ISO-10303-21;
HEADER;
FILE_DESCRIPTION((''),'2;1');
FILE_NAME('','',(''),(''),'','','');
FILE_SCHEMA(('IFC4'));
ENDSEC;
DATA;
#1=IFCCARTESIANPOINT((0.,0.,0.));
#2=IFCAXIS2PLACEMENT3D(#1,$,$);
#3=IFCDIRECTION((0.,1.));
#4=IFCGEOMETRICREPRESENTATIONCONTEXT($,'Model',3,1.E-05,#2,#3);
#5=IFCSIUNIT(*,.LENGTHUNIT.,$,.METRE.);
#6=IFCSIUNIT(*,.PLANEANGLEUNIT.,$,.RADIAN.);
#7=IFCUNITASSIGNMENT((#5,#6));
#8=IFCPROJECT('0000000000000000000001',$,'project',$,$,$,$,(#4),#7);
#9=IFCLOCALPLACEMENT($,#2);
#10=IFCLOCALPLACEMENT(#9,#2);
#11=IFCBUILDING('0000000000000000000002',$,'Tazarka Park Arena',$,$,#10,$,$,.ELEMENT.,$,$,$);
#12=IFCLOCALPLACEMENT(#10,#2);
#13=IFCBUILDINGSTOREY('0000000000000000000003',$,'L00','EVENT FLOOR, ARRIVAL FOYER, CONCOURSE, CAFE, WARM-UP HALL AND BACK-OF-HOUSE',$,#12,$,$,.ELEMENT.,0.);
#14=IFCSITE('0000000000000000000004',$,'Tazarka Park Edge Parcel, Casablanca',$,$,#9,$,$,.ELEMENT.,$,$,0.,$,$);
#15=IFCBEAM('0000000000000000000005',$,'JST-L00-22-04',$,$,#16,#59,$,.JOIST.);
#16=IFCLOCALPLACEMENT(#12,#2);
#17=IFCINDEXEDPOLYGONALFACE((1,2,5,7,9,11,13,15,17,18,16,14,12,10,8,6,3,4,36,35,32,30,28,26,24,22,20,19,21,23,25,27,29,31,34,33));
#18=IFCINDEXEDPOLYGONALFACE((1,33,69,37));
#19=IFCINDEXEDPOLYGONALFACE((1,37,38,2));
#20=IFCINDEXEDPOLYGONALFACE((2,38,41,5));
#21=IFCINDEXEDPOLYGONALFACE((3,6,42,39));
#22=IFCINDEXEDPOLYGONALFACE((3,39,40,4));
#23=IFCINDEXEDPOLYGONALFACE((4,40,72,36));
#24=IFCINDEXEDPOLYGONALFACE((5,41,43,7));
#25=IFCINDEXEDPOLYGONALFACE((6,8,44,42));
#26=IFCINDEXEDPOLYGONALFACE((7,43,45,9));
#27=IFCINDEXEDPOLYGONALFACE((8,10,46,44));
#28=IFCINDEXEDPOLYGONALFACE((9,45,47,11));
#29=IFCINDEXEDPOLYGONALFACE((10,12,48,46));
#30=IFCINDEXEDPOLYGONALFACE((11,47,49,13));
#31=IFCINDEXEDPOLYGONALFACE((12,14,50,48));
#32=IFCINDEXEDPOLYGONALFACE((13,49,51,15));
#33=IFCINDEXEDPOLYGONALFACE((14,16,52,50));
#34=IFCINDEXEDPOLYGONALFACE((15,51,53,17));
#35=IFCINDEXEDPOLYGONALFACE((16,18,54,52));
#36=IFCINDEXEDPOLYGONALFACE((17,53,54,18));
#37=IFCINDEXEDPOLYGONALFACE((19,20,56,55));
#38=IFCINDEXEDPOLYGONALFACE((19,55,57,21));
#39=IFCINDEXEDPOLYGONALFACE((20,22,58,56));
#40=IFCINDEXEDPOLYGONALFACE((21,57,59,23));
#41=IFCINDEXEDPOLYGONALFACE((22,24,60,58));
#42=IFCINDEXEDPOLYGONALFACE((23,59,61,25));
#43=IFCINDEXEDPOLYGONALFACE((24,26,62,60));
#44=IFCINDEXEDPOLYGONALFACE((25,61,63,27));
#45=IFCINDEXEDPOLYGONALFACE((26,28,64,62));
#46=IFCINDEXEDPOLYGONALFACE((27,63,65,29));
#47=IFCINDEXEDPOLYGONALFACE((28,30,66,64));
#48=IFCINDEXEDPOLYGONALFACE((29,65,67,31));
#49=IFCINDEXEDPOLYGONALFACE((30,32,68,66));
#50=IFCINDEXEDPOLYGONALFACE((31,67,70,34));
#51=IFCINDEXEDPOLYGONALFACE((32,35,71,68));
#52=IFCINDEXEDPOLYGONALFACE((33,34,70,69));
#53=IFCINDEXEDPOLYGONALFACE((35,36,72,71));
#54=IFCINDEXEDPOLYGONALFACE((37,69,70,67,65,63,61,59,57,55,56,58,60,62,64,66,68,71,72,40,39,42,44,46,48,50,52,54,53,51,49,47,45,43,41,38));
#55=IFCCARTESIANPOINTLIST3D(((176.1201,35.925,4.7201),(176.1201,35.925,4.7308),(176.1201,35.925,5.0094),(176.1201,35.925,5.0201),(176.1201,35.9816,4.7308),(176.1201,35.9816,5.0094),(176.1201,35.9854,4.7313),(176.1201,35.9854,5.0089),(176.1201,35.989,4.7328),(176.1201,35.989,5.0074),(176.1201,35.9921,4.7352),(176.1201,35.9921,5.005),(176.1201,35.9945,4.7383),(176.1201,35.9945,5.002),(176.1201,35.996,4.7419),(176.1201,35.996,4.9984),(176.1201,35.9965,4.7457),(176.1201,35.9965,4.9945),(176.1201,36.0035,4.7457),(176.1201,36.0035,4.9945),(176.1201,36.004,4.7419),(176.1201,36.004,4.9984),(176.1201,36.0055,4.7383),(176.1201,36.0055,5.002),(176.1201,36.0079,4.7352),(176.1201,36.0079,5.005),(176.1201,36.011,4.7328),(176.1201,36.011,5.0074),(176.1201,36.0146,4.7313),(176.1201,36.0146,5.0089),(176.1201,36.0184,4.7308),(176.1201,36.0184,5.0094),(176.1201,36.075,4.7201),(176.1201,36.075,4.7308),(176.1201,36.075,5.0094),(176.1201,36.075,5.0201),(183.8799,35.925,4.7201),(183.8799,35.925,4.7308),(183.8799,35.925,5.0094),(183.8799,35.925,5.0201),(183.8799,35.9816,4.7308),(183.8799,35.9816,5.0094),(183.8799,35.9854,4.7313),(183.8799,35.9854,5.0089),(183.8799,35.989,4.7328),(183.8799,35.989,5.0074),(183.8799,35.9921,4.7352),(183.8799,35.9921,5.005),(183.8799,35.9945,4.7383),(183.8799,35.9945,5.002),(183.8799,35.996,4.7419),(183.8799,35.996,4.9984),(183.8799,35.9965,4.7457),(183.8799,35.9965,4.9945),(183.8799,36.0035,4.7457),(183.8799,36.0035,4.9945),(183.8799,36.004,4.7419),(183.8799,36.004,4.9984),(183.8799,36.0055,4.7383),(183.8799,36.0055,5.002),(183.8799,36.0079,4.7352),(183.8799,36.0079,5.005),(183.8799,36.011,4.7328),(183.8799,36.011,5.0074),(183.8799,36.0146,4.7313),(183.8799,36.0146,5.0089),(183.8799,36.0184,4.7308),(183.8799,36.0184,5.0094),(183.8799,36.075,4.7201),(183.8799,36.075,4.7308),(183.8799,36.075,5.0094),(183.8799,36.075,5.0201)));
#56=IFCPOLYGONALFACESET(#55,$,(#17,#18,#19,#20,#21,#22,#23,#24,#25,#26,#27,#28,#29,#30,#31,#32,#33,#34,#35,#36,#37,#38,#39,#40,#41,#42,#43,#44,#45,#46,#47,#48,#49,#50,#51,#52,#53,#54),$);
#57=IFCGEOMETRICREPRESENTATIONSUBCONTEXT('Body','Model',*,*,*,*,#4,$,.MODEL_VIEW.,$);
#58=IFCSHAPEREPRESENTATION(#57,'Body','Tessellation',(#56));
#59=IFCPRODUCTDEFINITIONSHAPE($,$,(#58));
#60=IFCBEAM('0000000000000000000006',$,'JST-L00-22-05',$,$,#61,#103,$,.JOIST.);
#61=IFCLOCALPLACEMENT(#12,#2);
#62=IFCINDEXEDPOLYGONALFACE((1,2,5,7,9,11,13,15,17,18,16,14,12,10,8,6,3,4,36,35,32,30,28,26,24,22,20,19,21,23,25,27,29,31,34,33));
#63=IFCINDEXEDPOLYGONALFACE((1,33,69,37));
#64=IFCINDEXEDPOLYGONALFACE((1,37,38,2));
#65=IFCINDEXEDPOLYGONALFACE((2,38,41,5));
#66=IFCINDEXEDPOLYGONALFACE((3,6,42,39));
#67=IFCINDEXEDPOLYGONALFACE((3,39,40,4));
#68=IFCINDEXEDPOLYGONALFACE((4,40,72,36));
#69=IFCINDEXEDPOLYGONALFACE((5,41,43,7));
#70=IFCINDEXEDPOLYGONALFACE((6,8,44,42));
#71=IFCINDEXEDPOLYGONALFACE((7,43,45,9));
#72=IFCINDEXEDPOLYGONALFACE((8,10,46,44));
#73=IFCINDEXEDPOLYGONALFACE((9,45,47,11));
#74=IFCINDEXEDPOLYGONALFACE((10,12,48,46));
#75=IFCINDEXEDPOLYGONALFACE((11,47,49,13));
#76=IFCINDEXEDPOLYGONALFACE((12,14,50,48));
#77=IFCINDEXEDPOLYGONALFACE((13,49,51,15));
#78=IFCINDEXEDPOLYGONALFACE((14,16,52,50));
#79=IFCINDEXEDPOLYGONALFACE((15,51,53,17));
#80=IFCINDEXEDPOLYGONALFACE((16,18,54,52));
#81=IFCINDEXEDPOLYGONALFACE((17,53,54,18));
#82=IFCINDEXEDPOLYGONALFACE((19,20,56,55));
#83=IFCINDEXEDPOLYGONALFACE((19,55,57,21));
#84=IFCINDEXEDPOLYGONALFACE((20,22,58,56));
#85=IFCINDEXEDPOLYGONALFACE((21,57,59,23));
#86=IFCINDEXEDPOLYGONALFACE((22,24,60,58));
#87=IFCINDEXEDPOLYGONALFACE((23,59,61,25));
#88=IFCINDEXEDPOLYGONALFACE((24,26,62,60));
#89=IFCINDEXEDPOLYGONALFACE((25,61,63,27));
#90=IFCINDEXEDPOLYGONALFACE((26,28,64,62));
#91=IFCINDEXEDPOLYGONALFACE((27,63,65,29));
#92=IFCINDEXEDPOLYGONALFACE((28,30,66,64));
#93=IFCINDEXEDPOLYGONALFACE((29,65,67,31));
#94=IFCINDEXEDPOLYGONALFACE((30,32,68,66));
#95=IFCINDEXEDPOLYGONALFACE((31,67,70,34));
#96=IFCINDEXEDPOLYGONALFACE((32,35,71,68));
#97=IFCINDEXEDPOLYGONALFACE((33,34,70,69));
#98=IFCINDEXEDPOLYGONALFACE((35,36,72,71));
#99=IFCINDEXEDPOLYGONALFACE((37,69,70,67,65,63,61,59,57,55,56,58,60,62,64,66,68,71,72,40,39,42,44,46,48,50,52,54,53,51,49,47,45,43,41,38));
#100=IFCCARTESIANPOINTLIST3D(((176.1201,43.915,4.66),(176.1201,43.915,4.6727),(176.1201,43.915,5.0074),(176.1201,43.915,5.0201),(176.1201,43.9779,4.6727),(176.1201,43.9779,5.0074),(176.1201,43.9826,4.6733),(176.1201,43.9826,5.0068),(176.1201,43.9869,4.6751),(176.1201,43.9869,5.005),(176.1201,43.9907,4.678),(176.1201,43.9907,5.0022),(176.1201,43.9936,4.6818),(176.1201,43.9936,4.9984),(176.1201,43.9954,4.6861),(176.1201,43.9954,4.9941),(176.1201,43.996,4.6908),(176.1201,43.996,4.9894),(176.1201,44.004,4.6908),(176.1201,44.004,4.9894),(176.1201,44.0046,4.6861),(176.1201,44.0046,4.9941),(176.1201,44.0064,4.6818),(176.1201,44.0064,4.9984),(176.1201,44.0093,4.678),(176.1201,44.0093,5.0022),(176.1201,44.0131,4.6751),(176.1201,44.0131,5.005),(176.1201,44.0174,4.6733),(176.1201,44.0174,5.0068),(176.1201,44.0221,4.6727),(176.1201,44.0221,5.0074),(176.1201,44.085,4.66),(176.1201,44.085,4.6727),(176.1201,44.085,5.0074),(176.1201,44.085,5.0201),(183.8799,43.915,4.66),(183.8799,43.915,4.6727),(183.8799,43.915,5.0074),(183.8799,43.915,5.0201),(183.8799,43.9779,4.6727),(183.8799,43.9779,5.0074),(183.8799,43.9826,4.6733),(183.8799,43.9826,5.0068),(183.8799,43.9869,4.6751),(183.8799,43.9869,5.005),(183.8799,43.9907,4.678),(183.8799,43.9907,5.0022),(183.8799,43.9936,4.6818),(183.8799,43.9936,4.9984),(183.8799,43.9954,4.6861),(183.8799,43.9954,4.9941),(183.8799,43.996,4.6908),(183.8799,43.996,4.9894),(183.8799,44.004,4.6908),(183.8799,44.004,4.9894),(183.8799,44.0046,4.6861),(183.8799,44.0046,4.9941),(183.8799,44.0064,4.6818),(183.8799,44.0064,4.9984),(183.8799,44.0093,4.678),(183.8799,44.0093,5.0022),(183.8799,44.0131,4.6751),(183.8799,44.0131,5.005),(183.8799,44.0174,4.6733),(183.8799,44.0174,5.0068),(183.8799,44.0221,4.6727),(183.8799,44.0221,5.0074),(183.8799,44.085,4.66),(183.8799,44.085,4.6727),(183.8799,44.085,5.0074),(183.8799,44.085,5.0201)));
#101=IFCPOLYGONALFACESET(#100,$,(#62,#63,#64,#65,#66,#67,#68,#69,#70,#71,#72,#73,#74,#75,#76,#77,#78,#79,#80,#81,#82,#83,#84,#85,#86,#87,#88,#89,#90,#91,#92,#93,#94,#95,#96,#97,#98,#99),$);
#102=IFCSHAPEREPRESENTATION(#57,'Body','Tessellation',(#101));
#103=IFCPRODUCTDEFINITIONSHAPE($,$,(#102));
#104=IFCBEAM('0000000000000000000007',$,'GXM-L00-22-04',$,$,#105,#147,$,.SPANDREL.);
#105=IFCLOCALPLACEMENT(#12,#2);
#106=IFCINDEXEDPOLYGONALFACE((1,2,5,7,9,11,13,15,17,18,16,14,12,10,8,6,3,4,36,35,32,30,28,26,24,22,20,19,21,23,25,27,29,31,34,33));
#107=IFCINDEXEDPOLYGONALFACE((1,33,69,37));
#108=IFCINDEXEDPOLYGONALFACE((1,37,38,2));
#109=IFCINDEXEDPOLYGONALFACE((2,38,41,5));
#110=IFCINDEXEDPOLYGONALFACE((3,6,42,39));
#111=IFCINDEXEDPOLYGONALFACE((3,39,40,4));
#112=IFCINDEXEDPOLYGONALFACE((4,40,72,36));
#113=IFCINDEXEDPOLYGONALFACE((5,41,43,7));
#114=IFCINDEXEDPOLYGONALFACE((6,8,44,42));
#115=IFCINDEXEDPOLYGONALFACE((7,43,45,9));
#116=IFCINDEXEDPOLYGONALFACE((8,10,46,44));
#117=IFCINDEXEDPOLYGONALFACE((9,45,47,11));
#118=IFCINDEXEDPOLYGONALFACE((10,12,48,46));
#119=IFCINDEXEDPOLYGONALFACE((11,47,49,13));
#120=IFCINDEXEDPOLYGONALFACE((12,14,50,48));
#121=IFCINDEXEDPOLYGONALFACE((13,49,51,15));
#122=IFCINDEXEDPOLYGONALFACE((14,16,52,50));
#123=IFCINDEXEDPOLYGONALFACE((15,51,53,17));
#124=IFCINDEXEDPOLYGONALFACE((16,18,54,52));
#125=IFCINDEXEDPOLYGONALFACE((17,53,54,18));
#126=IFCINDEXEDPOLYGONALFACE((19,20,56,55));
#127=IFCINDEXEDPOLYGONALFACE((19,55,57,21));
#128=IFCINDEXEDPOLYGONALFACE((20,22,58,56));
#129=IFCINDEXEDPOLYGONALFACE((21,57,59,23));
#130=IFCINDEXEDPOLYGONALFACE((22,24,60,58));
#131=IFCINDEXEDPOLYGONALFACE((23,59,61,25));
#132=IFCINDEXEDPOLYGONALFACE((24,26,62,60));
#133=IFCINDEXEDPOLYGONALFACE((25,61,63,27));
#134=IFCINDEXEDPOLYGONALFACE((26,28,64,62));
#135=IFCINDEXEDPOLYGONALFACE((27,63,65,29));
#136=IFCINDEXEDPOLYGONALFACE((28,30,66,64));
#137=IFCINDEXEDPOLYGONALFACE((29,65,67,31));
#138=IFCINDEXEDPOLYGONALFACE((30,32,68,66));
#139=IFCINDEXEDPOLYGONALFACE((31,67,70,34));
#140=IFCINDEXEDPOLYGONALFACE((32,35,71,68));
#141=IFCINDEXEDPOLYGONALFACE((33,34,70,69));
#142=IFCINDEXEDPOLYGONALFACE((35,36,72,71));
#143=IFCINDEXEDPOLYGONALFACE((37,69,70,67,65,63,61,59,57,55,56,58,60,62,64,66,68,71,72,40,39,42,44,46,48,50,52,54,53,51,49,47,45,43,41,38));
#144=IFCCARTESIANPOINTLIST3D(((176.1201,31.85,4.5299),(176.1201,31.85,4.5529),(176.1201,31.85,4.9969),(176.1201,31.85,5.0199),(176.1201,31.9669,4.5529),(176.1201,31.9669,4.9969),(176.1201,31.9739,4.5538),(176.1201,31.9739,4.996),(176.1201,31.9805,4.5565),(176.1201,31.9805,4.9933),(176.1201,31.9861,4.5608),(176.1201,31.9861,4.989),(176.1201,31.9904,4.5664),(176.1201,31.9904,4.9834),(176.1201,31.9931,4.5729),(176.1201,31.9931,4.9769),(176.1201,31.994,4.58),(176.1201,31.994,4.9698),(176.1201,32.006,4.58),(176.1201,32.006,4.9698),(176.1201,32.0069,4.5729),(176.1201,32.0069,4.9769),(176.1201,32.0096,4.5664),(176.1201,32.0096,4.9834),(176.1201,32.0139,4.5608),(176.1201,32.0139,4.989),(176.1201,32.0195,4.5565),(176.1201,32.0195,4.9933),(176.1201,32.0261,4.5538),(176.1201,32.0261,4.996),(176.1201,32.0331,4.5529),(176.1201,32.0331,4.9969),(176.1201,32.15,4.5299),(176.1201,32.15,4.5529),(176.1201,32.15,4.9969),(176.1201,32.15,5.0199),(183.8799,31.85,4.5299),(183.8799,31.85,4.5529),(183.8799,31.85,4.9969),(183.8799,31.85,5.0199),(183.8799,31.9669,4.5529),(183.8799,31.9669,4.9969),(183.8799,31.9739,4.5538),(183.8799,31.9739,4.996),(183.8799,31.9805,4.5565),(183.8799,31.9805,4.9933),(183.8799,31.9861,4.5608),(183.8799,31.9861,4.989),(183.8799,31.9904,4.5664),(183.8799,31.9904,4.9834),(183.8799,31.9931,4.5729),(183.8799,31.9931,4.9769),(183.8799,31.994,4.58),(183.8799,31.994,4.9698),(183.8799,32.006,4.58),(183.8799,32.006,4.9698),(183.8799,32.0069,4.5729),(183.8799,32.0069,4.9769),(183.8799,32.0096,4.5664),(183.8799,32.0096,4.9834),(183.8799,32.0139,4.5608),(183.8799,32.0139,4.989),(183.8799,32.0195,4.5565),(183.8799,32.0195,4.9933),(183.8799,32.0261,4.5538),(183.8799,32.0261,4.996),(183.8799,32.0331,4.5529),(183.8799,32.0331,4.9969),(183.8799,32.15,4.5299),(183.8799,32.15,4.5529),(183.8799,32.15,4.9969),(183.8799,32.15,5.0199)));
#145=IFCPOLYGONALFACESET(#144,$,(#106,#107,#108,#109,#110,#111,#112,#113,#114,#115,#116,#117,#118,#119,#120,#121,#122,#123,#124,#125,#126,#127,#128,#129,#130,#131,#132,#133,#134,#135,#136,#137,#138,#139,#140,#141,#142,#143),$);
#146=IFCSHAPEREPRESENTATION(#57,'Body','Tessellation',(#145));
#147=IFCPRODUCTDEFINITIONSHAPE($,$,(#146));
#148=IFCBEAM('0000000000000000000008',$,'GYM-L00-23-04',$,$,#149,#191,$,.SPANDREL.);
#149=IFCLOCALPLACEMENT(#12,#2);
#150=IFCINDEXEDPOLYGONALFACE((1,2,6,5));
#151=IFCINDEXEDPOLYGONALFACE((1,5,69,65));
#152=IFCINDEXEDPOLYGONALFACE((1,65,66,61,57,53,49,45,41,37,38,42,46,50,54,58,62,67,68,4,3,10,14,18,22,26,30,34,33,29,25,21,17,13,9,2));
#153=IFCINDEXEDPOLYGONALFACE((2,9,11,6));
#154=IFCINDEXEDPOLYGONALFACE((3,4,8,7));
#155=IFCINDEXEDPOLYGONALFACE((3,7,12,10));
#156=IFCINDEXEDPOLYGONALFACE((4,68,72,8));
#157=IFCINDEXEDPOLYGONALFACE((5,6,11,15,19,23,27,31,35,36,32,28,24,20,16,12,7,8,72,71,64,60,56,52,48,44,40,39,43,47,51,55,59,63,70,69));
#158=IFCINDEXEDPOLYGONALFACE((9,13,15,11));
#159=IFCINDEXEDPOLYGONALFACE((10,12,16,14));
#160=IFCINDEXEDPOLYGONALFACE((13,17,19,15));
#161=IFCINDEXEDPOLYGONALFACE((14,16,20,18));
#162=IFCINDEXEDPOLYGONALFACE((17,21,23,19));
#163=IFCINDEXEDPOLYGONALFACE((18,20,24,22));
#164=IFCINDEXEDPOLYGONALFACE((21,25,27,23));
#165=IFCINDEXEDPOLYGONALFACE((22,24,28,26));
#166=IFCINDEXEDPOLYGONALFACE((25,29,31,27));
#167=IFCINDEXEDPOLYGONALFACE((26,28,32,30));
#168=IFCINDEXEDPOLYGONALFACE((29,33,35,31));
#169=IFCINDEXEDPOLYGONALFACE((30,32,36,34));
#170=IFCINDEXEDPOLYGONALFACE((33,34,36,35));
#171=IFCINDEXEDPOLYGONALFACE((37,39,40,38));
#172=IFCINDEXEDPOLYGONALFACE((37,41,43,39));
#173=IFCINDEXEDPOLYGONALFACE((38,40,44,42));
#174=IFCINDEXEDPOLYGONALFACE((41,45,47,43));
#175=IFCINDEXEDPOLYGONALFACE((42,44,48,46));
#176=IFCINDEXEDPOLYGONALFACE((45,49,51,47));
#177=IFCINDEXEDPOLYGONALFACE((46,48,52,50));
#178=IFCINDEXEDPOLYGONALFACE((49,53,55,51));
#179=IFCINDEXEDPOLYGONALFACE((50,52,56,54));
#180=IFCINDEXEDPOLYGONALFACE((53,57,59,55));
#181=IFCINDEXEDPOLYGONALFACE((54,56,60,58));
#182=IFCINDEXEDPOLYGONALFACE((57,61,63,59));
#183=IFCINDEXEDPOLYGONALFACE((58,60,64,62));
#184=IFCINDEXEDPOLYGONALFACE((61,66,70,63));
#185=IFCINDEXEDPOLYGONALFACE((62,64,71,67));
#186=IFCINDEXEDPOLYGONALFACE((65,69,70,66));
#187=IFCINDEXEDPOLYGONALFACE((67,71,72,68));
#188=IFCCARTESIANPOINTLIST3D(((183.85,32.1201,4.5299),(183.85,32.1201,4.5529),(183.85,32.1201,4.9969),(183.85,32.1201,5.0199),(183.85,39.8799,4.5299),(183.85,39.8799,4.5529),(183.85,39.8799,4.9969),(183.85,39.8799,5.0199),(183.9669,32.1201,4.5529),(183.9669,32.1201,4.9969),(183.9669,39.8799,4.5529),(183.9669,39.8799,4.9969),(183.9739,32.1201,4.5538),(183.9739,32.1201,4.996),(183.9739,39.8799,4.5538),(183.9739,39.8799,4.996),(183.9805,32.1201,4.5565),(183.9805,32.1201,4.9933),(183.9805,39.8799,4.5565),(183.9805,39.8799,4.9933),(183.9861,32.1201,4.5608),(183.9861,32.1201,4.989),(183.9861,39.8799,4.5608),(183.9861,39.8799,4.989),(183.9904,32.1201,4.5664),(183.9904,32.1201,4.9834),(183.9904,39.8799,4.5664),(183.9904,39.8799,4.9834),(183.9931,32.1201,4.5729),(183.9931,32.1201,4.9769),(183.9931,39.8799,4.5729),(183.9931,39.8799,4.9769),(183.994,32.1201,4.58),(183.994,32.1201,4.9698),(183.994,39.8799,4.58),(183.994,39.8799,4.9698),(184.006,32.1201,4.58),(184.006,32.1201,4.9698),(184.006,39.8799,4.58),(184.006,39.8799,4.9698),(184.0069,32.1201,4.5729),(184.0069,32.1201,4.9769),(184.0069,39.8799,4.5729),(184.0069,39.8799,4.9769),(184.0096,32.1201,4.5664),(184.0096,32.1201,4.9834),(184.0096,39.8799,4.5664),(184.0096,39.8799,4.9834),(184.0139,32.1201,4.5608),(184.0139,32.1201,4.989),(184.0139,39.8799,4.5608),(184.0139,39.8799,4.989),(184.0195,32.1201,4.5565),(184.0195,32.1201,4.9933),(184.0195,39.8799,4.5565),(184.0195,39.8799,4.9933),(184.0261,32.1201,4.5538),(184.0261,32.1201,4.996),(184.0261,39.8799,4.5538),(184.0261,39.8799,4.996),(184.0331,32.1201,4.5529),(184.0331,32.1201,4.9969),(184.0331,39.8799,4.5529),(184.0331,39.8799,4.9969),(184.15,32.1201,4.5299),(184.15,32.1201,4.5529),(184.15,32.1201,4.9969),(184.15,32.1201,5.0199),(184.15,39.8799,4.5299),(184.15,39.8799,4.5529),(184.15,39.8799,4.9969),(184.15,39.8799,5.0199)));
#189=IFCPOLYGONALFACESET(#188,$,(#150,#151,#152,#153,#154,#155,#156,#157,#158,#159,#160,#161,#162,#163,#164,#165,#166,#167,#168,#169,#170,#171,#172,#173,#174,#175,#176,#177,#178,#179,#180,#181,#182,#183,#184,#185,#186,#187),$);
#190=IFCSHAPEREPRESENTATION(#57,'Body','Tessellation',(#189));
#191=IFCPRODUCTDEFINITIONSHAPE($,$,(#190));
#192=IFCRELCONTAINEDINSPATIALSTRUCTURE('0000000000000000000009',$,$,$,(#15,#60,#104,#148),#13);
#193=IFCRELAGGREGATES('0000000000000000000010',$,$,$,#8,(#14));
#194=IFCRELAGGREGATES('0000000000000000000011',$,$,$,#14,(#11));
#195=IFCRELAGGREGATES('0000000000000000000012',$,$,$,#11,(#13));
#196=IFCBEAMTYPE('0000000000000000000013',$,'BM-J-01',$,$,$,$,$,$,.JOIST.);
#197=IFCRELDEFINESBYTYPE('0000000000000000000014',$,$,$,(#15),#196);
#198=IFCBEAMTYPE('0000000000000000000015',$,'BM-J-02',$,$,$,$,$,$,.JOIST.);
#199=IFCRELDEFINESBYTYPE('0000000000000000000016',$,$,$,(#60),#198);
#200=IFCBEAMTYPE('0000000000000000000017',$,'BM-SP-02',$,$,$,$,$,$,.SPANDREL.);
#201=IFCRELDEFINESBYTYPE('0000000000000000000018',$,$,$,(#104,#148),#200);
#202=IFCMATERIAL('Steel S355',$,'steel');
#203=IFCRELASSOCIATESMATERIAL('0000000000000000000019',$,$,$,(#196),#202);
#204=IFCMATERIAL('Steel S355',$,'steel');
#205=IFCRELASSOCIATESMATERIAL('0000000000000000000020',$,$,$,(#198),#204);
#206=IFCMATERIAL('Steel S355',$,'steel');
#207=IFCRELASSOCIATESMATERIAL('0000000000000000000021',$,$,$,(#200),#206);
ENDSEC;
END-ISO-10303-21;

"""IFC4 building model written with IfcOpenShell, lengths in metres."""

from ifc_helpers import new_model, si_unit, direction, frame, origin, origin_2d, place, context, subcontext, project, spatial, i_section, extrude, material, material_profile, profile_set, type_object, element, save


model = new_model("IFC4")

# Units and contexts
model_context = context("Model", 3, precision=1e-05, world=origin(), true_north=direction((0.0, 1.0)))
body_context = subcontext(model_context, "Body", "Model", "MODEL_VIEW")
ifc_project = project(units=[si_unit("LENGTHUNIT", "METRE"), si_unit("PLANEANGLEUNIT", "RADIAN")], contexts=[model_context])

# Site, building, storey
site_placement = place(None, origin())
site = spatial("IfcSite", under=ifc_project, at=site_placement, Name="Tazarka Park Edge Parcel, Casablanca", CompositionType="ELEMENT", RefElevation=0.0)
building_placement = place(site_placement, origin())
building = spatial("IfcBuilding", under=site, at=building_placement, Name="Tazarka Park Arena", CompositionType="ELEMENT")
storey_placement = place(building_placement, origin())
storey = spatial("IfcBuildingStorey", under=building, at=storey_placement, Name="L00", Description="EVENT FLOOR, ARRIVAL FOYER, CONCOURSE, CAFE, WARM-UP HALL AND BACK-OF-HOUSE", CompositionType="ELEMENT", Elevation=0.0)

# Beams
ifc_material_1 = material(Name="Steel S355", Category="steel")
ifc_material_profile_1 = material_profile(ifc_material_1, i_section(OverallWidth=0.1499, OverallDepth=0.3, WebThickness=0.0071, FlangeThickness=0.0107, FilletRadius=0.0149, at=origin_2d()), Name="Steel S355")
ifc_profile_set_1 = profile_set([ifc_material_profile_1], Name="Steel S355")
beam_type_1 = type_object("IfcBeamType", Name="BM-J-01", PredefinedType="JOIST", material=ifc_profile_set_1)
for number, where, z_axis, x_axis, name in (
    (1, (176.1201, 36.0, 4.8701), (1.0, 0.0, 0.0), (0.0, 1.0, 0.0), "JST-L00-22-04"),
):
    element("IfcBeam", number, at=place(storey_placement, frame(where, z_axis=z_axis, x_axis=x_axis)), inside=storey, type_object=beam_type_1, Name=name, PredefinedType="JOIST", context=body_context, shape_type="SweptSolid", body=[
        extrude(i_section(OverallWidth=0.1499, OverallDepth=0.3, WebThickness=0.0071, FlangeThickness=0.0107, FilletRadius=0.0149, at=origin_2d()), origin(), (0.0, 0.0, 1.0), 7.7598),
    ])
ifc_material_2 = material(Name="Steel S355", Category="steel")
ifc_material_profile_2 = material_profile(ifc_material_2, i_section(OverallWidth=0.1699, OverallDepth=0.3601, WebThickness=0.0081, FlangeThickness=0.0127, FilletRadius=0.0181, at=origin_2d()), Name="Steel S355")
ifc_profile_set_2 = profile_set([ifc_material_profile_2], Name="Steel S355")
beam_type_2 = type_object("IfcBeamType", Name="BM-J-02", PredefinedType="JOIST", material=ifc_profile_set_2)
beam_placement = place(storey_placement, frame((176.1201, 44.0, 4.8401), z_axis=(1.0, 0.0, 0.0), x_axis=(0.0, 1.0, 0.0)))
element("IfcBeam", 2, at=beam_placement, inside=storey, type_object=beam_type_2, Name="JST-L00-22-05", PredefinedType="JOIST", context=body_context, shape_type="SweptSolid", body=[
    extrude(i_section(OverallWidth=0.1699, OverallDepth=0.3601, WebThickness=0.0081, FlangeThickness=0.0127, FilletRadius=0.0181, at=origin_2d()), origin(), (0.0, 0.0, 1.0), 7.7598),
])
ifc_material_3 = material(Name="Steel S355", Category="steel")
ifc_material_profile_3 = material_profile(ifc_material_3, i_section(OverallWidth=0.3, OverallDepth=0.49, WebThickness=0.012, FlangeThickness=0.0229, FilletRadius=0.0271, at=origin_2d()), Name="Steel S355")
ifc_profile_set_3 = profile_set([ifc_material_profile_3], Name="Steel S355")
beam_type_3 = type_object("IfcBeamType", Name="BM-SP-02", PredefinedType="SPANDREL", material=ifc_profile_set_3)
for number, where, z_axis, x_axis, name in (
    (3, (176.1201, 32.0, 4.7749), (1.0, 0.0, 0.0), (0.0, 1.0, 0.0), "GXM-L00-22-04"),
    (4, (184.0, 32.1201, 4.7749), (0.0, 1.0, 0.0), (-1.0, 0.0, 0.0), "GYM-L00-23-04"),
):
    element("IfcBeam", number, at=place(storey_placement, frame(where, z_axis=z_axis, x_axis=x_axis)), inside=storey, type_object=beam_type_3, Name=name, PredefinedType="SPANDREL", context=body_context, shape_type="SweptSolid", body=[
        extrude(i_section(OverallWidth=0.3, OverallDepth=0.49, WebThickness=0.012, FlangeThickness=0.0229, FilletRadius=0.0271, at=origin_2d()), origin(), (0.0, 0.0, 1.0), 7.7598),
    ])

save(model, "model.ifc")
